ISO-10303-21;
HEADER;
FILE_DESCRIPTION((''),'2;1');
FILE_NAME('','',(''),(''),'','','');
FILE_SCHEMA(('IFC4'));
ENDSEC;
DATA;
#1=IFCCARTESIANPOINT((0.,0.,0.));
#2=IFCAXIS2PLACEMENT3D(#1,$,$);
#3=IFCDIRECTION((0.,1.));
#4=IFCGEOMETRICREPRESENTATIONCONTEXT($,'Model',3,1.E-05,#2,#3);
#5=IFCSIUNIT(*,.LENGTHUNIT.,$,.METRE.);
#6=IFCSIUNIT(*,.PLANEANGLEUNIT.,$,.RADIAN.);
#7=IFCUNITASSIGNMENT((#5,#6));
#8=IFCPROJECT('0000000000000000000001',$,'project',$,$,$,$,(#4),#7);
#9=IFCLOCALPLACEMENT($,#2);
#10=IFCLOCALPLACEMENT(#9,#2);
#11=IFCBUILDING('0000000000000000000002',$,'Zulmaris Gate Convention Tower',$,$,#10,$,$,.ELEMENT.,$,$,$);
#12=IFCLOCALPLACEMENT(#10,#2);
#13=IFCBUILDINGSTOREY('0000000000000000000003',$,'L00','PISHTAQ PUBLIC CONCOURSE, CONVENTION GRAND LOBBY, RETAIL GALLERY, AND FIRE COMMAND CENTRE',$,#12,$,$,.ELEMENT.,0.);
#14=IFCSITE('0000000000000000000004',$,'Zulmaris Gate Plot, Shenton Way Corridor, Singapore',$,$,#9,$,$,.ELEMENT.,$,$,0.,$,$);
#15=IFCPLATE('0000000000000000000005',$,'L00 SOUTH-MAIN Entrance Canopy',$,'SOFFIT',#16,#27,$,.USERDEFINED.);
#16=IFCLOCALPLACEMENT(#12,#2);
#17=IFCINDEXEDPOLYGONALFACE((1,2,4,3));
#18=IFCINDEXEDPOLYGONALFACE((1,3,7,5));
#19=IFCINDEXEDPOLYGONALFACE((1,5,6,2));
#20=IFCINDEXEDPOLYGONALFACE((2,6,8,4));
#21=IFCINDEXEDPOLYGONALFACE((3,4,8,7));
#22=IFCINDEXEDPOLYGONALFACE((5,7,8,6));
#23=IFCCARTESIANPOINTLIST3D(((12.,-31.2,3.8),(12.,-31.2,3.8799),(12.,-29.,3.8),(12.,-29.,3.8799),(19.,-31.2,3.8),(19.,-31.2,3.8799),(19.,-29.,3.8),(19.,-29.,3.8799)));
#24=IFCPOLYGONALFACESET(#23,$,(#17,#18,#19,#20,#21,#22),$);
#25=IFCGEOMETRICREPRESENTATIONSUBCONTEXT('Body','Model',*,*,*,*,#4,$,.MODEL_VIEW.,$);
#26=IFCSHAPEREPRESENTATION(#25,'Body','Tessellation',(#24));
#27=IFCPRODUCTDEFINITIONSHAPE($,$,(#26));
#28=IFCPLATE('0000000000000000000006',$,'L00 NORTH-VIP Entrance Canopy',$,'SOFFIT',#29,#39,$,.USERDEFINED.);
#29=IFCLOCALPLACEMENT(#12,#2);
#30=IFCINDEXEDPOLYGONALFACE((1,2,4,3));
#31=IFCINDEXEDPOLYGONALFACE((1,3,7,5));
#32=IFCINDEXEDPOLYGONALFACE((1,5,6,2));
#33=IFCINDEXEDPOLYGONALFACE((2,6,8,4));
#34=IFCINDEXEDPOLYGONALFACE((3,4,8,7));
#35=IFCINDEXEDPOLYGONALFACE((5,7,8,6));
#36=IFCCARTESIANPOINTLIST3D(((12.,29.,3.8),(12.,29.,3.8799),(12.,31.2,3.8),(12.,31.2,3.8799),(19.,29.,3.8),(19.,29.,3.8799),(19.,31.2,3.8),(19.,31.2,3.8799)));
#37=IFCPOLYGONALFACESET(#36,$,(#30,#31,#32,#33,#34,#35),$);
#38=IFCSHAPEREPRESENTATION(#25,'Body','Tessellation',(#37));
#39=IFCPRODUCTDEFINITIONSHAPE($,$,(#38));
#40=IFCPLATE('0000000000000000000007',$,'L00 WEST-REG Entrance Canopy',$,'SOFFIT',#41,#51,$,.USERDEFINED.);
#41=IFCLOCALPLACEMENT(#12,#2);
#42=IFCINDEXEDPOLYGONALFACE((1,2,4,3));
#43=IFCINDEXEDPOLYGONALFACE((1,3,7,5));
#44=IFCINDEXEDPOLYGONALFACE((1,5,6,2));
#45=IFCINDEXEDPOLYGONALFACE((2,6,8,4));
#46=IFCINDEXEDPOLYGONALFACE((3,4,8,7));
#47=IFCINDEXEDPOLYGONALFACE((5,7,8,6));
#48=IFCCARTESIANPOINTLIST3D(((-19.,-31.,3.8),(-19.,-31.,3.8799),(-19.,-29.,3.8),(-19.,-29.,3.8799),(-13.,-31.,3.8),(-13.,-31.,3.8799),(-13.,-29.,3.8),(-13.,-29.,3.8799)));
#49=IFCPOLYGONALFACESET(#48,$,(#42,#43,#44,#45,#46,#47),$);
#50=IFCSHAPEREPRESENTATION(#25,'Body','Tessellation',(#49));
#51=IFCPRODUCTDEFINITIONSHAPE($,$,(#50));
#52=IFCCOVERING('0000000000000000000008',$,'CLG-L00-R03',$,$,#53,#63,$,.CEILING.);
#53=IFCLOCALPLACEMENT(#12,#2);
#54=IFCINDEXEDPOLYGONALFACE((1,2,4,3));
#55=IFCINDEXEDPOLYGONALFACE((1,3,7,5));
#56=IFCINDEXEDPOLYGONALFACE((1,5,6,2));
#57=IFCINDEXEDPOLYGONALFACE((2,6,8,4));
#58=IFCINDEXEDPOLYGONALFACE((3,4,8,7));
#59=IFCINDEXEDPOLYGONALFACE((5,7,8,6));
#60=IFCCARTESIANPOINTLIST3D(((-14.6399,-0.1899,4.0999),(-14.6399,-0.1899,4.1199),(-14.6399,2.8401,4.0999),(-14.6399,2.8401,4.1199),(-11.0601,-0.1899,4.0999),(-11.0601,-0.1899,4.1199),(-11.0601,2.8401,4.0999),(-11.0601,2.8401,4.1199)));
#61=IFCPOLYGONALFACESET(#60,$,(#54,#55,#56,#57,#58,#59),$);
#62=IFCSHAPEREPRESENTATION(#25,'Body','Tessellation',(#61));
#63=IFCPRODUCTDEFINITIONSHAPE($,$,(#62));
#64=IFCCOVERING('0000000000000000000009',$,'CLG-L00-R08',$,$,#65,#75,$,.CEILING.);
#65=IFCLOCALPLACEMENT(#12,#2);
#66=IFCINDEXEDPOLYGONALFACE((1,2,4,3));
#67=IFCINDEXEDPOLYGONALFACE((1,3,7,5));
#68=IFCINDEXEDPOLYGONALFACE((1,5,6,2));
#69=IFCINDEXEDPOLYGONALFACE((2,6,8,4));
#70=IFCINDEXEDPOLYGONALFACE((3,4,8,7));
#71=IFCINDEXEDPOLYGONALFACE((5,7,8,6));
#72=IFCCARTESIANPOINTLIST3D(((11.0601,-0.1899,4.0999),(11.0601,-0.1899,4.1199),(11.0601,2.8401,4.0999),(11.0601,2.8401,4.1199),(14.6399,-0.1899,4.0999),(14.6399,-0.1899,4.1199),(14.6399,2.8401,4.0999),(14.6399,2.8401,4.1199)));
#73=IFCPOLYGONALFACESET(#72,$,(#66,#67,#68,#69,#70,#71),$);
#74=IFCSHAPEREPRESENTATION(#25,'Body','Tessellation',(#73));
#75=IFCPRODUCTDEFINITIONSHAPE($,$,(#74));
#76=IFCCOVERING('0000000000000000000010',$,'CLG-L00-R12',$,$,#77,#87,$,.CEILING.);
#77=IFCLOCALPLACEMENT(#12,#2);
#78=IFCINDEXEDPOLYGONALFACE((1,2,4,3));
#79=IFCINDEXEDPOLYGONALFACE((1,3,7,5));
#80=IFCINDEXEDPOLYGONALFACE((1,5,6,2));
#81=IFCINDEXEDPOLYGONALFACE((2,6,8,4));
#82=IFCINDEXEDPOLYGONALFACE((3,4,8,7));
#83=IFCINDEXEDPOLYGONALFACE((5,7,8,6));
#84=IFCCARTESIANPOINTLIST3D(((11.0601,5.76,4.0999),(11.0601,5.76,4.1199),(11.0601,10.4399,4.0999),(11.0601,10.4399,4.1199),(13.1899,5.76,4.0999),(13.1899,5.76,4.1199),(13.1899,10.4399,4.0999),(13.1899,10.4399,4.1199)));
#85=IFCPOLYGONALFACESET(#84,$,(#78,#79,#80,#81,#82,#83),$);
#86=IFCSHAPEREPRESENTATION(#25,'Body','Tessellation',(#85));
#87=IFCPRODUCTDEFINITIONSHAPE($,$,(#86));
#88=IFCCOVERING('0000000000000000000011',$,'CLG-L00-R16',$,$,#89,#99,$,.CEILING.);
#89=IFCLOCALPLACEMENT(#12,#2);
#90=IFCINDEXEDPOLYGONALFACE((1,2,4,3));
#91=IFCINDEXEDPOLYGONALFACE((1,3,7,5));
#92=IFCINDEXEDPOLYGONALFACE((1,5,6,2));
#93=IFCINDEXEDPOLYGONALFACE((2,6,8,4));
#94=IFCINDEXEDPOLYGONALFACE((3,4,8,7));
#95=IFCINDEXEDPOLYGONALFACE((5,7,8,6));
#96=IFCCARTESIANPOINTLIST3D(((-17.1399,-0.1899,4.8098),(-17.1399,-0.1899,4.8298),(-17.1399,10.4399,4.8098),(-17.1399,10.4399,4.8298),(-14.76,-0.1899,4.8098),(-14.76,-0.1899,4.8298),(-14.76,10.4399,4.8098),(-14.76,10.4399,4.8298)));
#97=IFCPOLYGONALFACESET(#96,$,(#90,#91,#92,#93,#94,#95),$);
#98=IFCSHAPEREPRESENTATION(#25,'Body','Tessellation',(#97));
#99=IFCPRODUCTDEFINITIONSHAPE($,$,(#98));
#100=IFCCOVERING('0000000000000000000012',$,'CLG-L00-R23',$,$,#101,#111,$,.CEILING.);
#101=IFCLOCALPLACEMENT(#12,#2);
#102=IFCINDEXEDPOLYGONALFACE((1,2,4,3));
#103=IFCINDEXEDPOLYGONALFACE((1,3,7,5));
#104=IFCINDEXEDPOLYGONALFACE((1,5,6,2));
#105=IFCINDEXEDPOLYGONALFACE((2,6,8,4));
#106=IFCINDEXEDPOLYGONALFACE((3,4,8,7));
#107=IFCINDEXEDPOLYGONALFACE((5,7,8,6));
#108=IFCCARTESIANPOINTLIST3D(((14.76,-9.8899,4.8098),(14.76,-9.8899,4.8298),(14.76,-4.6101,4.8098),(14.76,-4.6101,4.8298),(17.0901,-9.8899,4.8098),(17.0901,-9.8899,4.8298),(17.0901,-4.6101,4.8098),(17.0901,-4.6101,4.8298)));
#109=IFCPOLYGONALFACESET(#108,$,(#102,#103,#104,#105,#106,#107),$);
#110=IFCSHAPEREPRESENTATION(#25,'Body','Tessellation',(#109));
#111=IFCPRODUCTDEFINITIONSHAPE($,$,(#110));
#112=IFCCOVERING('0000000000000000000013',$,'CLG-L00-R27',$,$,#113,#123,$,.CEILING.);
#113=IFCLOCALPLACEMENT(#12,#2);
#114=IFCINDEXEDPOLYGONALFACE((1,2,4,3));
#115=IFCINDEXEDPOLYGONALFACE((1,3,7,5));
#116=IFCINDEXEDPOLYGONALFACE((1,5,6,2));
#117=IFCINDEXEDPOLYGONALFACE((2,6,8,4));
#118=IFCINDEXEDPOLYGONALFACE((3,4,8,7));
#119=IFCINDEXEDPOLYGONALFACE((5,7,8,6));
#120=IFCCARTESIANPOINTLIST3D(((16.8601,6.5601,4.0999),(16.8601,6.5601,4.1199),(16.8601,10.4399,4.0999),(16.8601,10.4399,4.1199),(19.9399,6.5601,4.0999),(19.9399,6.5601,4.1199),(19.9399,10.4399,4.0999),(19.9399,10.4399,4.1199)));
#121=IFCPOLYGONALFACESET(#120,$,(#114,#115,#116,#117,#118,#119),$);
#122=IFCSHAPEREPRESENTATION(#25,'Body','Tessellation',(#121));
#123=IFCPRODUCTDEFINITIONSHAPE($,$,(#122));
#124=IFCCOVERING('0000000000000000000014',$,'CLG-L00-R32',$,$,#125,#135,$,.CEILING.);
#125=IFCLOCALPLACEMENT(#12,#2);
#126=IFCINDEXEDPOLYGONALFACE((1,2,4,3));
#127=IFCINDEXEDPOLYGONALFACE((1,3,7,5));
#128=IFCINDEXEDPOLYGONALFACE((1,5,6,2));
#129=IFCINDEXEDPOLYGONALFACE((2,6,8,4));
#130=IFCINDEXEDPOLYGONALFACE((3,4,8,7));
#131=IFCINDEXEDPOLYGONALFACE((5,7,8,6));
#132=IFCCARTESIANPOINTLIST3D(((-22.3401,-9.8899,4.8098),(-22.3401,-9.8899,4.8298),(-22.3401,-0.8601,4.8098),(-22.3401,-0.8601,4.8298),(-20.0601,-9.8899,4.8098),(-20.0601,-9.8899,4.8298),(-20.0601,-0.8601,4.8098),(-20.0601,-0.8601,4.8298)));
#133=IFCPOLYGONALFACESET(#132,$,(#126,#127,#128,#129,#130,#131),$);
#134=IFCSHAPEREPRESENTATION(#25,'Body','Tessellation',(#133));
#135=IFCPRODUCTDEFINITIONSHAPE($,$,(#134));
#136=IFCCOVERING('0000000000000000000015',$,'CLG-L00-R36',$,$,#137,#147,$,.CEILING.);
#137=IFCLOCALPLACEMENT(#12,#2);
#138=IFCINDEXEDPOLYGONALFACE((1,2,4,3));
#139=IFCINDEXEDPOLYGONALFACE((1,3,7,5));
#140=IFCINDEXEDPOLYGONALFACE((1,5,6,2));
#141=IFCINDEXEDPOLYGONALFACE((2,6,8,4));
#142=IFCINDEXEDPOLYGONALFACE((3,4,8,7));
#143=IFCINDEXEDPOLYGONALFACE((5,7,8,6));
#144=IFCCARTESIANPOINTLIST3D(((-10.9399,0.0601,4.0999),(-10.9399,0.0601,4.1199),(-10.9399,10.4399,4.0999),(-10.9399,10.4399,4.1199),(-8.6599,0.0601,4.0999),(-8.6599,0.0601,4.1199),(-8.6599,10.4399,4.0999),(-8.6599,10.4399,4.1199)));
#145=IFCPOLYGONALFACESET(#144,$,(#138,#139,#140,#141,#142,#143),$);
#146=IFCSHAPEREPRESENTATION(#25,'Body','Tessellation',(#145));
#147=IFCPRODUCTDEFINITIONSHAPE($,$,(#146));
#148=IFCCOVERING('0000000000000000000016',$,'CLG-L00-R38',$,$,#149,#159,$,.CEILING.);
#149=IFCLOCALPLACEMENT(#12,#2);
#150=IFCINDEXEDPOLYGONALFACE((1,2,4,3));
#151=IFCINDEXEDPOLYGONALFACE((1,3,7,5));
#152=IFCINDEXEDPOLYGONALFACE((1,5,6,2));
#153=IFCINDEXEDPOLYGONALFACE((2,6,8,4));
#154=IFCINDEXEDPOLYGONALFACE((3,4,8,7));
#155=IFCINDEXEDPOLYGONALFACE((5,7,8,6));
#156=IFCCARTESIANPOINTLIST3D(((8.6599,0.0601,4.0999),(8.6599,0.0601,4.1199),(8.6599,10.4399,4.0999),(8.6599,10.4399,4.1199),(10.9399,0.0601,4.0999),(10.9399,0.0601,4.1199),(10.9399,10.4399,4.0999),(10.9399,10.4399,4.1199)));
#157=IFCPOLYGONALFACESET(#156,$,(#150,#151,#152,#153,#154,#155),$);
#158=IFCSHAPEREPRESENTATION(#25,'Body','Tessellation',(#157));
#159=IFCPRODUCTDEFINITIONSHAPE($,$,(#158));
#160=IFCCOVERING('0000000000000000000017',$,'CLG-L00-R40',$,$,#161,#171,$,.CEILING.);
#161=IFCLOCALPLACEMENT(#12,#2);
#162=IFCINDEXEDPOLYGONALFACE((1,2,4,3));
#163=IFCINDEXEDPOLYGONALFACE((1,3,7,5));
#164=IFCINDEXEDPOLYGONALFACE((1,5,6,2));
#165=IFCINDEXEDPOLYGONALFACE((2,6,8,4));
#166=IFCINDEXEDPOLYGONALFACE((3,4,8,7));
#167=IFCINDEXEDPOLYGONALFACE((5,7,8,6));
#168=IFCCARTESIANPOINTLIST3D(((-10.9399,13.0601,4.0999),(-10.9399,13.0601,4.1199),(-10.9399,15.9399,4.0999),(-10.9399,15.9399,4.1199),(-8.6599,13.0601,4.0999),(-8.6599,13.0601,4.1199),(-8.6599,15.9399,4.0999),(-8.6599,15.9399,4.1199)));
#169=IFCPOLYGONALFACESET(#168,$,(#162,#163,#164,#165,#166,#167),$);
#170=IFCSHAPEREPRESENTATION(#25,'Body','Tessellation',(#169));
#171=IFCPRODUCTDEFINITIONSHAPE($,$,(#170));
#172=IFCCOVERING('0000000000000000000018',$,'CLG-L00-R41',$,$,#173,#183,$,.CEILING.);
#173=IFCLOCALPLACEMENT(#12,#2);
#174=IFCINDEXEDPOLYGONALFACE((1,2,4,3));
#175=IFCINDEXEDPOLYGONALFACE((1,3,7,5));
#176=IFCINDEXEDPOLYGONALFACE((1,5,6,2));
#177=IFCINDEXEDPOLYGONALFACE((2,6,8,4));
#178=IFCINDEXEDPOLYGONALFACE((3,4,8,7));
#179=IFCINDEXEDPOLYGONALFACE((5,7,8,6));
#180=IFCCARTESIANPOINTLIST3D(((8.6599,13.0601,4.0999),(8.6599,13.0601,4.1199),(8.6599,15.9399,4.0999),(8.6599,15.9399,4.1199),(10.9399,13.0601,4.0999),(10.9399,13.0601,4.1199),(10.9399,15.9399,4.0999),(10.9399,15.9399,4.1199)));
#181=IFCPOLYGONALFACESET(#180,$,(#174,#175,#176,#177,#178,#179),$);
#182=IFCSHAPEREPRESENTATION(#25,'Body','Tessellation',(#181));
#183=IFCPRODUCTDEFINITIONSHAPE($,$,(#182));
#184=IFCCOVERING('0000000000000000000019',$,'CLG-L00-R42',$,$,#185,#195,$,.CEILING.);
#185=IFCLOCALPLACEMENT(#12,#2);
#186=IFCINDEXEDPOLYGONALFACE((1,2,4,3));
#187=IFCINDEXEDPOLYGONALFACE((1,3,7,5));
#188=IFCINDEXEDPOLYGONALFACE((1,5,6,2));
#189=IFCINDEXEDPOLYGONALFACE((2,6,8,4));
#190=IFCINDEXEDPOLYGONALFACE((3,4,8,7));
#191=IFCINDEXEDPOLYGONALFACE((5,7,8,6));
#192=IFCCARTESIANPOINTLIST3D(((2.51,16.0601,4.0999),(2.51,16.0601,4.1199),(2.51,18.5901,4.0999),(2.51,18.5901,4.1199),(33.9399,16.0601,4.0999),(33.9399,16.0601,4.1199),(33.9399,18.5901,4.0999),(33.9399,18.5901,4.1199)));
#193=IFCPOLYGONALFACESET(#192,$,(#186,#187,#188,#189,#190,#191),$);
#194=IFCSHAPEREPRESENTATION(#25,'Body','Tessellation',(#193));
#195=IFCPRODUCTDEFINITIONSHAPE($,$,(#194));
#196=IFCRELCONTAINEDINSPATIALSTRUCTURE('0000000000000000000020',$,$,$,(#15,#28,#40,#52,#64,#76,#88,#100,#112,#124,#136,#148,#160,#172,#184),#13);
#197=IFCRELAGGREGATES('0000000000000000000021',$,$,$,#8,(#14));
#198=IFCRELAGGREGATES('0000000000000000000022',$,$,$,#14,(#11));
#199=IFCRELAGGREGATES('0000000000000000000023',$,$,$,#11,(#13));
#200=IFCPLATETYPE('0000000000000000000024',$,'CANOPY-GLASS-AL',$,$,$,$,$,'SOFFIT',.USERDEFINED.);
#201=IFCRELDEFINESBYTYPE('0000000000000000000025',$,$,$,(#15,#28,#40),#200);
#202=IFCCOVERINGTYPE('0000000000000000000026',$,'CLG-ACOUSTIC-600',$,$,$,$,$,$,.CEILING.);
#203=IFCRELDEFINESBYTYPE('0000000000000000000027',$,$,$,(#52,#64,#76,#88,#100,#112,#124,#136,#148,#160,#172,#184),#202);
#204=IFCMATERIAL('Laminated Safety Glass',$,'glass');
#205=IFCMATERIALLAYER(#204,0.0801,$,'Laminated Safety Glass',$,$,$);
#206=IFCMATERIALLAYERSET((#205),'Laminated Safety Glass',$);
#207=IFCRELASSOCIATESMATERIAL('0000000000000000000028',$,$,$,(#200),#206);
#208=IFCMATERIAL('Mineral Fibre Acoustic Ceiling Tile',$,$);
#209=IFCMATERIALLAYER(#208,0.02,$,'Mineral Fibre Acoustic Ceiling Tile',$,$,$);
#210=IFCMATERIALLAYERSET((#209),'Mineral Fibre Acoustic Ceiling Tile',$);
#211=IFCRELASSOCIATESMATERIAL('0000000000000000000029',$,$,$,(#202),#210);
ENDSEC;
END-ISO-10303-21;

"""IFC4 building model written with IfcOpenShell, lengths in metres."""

from ifc_helpers import new_model, si_unit, direction, frame, origin, place, context, subcontext, project, spatial, polyline, outline, extrude, material, layer, layer_set, type_object, element, save


model = new_model("IFC4")

# Units and contexts
model_context = context("Model", 3, precision=1e-05, world=origin(), true_north=direction((0.0, 1.0)))
body_context = subcontext(model_context, "Body", "Model", "MODEL_VIEW")
ifc_project = project(units=[si_unit("LENGTHUNIT", "METRE"), si_unit("PLANEANGLEUNIT", "RADIAN")], contexts=[model_context])

# Site, building, storey
site_placement = place(None, origin())
site = spatial("IfcSite", under=ifc_project, at=site_placement, Name="Zulmaris Gate Plot, Shenton Way Corridor, Singapore", CompositionType="ELEMENT", RefElevation=0.0)
building_placement = place(site_placement, origin())
building = spatial("IfcBuilding", under=site, at=building_placement, Name="Zulmaris Gate Convention Tower", CompositionType="ELEMENT")
storey_placement = place(building_placement, origin())
storey = spatial("IfcBuildingStorey", under=building, at=storey_placement, Name="L00", Description="PISHTAQ PUBLIC CONCOURSE, CONVENTION GRAND LOBBY, RETAIL GALLERY, AND FIRE COMMAND CENTRE", CompositionType="ELEMENT", Elevation=0.0)

# Plates
ifc_material_1 = material(Name="Laminated Safety Glass", Category="glass")
ifc_layer_1 = layer(ifc_material_1, 0.0801, Name="Laminated Safety Glass")
ifc_layer_set_1 = layer_set([ifc_layer_1], Name="Laminated Safety Glass")
plate_type = type_object("IfcPlateType", Name="CANOPY-GLASS-AL", ElementType="SOFFIT", PredefinedType="USERDEFINED", material=ifc_layer_set_1)
plate_1_placement = place(storey_placement, frame((0.0, 0.0, 3.8)))
element("IfcPlate", 1, at=plate_1_placement, inside=storey, type_object=plate_type, Name="L00 SOUTH-MAIN Entrance Canopy", ObjectType="SOFFIT", PredefinedType="USERDEFINED", context=body_context, shape_type="SweptSolid", body=[
    extrude(outline(polyline([(12.0, -31.2), (19.0, -31.2), (19.0, -29.0), (12.0, -29.0), (12.0, -31.2)])), origin(), (0.0, 0.0, 1.0), 0.0798),
])
plate_2_placement = place(storey_placement, frame((0.0, 0.0, 3.8)))
element("IfcPlate", 2, at=plate_2_placement, inside=storey, type_object=plate_type, Name="L00 NORTH-VIP Entrance Canopy", ObjectType="SOFFIT", PredefinedType="USERDEFINED", context=body_context, shape_type="SweptSolid", body=[
    extrude(outline(polyline([(12.0, 29.0), (19.0, 29.0), (19.0, 31.2), (12.0, 31.2), (12.0, 29.0)])), origin(), (0.0, 0.0, 1.0), 0.0798),
])
plate_3_placement = place(storey_placement, frame((0.0, 0.0, 3.8)))
element("IfcPlate", 3, at=plate_3_placement, inside=storey, type_object=plate_type, Name="L00 WEST-REG Entrance Canopy", ObjectType="SOFFIT", PredefinedType="USERDEFINED", context=body_context, shape_type="SweptSolid", body=[
    extrude(outline(polyline([(-19.0, -31.0), (-13.0, -31.0), (-13.0, -29.0), (-19.0, -29.0), (-19.0, -31.0)])), origin(), (0.0, 0.0, 1.0), 0.0798),
])

# Coverings
ifc_material_2 = material(Name="Mineral Fibre Acoustic Ceiling Tile")
ifc_layer_2 = layer(ifc_material_2, 0.02, Name="Mineral Fibre Acoustic Ceiling Tile")
ifc_layer_set_2 = layer_set([ifc_layer_2], Name="Mineral Fibre Acoustic Ceiling Tile")
covering_type = type_object("IfcCoveringType", Name="CLG-ACOUSTIC-600", PredefinedType="CEILING", material=ifc_layer_set_2)
covering_1_placement = place(storey_placement, frame((0.0, 0.0, 4.0999)))
element("IfcCovering", 4, at=covering_1_placement, inside=storey, type_object=covering_type, Name="CLG-L00-R03", PredefinedType="CEILING", context=body_context, shape_type="SweptSolid", body=[
    extrude(outline(polyline([(-14.6399, -0.1899), (-11.0601, -0.1899), (-11.0601, 2.8401), (-14.6399, 2.8401), (-14.6399, -0.1899)])), origin(), (0.0, 0.0, 1.0), 0.02),
])
covering_2_placement = place(storey_placement, frame((0.0, 0.0, 4.0999)))
element("IfcCovering", 5, at=covering_2_placement, inside=storey, type_object=covering_type, Name="CLG-L00-R08", PredefinedType="CEILING", context=body_context, shape_type="SweptSolid", body=[
    extrude(outline(polyline([(11.0601, -0.1899), (14.6399, -0.1899), (14.6399, 2.8401), (11.0601, 2.8401), (11.0601, -0.1899)])), origin(), (0.0, 0.0, 1.0), 0.02),
])
covering_3_placement = place(storey_placement, frame((0.0, 0.0, 4.0999)))
element("IfcCovering", 6, at=covering_3_placement, inside=storey, type_object=covering_type, Name="CLG-L00-R12", PredefinedType="CEILING", context=body_context, shape_type="SweptSolid", body=[
    extrude(outline(polyline([(11.0601, 5.76), (13.1899, 5.76), (13.1899, 10.4399), (11.0601, 10.4399), (11.0601, 5.76)])), origin(), (0.0, 0.0, 1.0), 0.02),
])
covering_4_placement = place(storey_placement, frame((0.0, 0.0, 4.8098)))
element("IfcCovering", 7, at=covering_4_placement, inside=storey, type_object=covering_type, Name="CLG-L00-R16", PredefinedType="CEILING", context=body_context, shape_type="SweptSolid", body=[
    extrude(outline(polyline([(-17.1399, -0.1899), (-14.76, -0.1899), (-14.76, 10.4399), (-17.1399, 10.4399), (-17.1399, -0.1899)])), origin(), (0.0, 0.0, 1.0), 0.02),
])
covering_5_placement = place(storey_placement, frame((0.0, 0.0, 4.8098)))
element("IfcCovering", 8, at=covering_5_placement, inside=storey, type_object=covering_type, Name="CLG-L00-R23", PredefinedType="CEILING", context=body_context, shape_type="SweptSolid", body=[
    extrude(outline(polyline([(14.76, -9.8899), (17.0901, -9.8899), (17.0901, -4.6101), (14.76, -4.6101), (14.76, -9.8899)])), origin(), (0.0, 0.0, 1.0), 0.02),
])
covering_6_placement = place(storey_placement, frame((0.0, 0.0, 4.0999)))
element("IfcCovering", 9, at=covering_6_placement, inside=storey, type_object=covering_type, Name="CLG-L00-R27", PredefinedType="CEILING", context=body_context, shape_type="SweptSolid", body=[
    extrude(outline(polyline([(16.8601, 6.5601), (19.9399, 6.5601), (19.9399, 10.4399), (16.8601, 10.4399), (16.8601, 6.5601)])), origin(), (0.0, 0.0, 1.0), 0.02),
])
covering_7_placement = place(storey_placement, frame((0.0, 0.0, 4.8098)))
element("IfcCovering", 10, at=covering_7_placement, inside=storey, type_object=covering_type, Name="CLG-L00-R32", PredefinedType="CEILING", context=body_context, shape_type="SweptSolid", body=[
    extrude(outline(polyline([(-22.3401, -9.8899), (-20.0601, -9.8899), (-20.0601, -0.8601), (-22.3401, -0.8601), (-22.3401, -9.8899)])), origin(), (0.0, 0.0, 1.0), 0.02),
])
covering_8_placement = place(storey_placement, frame((0.0, 0.0, 4.0999)))
element("IfcCovering", 11, at=covering_8_placement, inside=storey, type_object=covering_type, Name="CLG-L00-R36", PredefinedType="CEILING", context=body_context, shape_type="SweptSolid", body=[
    extrude(outline(polyline([(-10.9399, 0.0601), (-8.6599, 0.0601), (-8.6599, 10.4399), (-10.9399, 10.4399), (-10.9399, 0.0601)])), origin(), (0.0, 0.0, 1.0), 0.02),
])
covering_9_placement = place(storey_placement, frame((0.0, 0.0, 4.0999)))
element("IfcCovering", 12, at=covering_9_placement, inside=storey, type_object=covering_type, Name="CLG-L00-R38", PredefinedType="CEILING", context=body_context, shape_type="SweptSolid", body=[
    extrude(outline(polyline([(8.6599, 0.0601), (10.9399, 0.0601), (10.9399, 10.4399), (8.6599, 10.4399), (8.6599, 0.0601)])), origin(), (0.0, 0.0, 1.0), 0.02),
])
covering_10_placement = place(storey_placement, frame((0.0, 0.0, 4.0999)))
element("IfcCovering", 13, at=covering_10_placement, inside=storey, type_object=covering_type, Name="CLG-L00-R40", PredefinedType="CEILING", context=body_context, shape_type="SweptSolid", body=[
    extrude(outline(polyline([(-10.9399, 13.0601), (-8.6599, 13.0601), (-8.6599, 15.9399), (-10.9399, 15.9399), (-10.9399, 13.0601)])), origin(), (0.0, 0.0, 1.0), 0.02),
])
covering_11_placement = place(storey_placement, frame((0.0, 0.0, 4.0999)))
element("IfcCovering", 14, at=covering_11_placement, inside=storey, type_object=covering_type, Name="CLG-L00-R41", PredefinedType="CEILING", context=body_context, shape_type="SweptSolid", body=[
    extrude(outline(polyline([(8.6599, 13.0601), (10.9399, 13.0601), (10.9399, 15.9399), (8.6599, 15.9399), (8.6599, 13.0601)])), origin(), (0.0, 0.0, 1.0), 0.02),
])
covering_12_placement = place(storey_placement, frame((0.0, 0.0, 4.0999)))
element("IfcCovering", 15, at=covering_12_placement, inside=storey, type_object=covering_type, Name="CLG-L00-R42", PredefinedType="CEILING", context=body_context, shape_type="SweptSolid", body=[
    extrude(outline(polyline([(2.51, 16.0601), (33.9399, 16.0601), (33.9399, 18.5901), (2.51, 18.5901), (2.51, 16.0601)])), origin(), (0.0, 0.0, 1.0), 0.02),
])

save(model, "model.ifc")
